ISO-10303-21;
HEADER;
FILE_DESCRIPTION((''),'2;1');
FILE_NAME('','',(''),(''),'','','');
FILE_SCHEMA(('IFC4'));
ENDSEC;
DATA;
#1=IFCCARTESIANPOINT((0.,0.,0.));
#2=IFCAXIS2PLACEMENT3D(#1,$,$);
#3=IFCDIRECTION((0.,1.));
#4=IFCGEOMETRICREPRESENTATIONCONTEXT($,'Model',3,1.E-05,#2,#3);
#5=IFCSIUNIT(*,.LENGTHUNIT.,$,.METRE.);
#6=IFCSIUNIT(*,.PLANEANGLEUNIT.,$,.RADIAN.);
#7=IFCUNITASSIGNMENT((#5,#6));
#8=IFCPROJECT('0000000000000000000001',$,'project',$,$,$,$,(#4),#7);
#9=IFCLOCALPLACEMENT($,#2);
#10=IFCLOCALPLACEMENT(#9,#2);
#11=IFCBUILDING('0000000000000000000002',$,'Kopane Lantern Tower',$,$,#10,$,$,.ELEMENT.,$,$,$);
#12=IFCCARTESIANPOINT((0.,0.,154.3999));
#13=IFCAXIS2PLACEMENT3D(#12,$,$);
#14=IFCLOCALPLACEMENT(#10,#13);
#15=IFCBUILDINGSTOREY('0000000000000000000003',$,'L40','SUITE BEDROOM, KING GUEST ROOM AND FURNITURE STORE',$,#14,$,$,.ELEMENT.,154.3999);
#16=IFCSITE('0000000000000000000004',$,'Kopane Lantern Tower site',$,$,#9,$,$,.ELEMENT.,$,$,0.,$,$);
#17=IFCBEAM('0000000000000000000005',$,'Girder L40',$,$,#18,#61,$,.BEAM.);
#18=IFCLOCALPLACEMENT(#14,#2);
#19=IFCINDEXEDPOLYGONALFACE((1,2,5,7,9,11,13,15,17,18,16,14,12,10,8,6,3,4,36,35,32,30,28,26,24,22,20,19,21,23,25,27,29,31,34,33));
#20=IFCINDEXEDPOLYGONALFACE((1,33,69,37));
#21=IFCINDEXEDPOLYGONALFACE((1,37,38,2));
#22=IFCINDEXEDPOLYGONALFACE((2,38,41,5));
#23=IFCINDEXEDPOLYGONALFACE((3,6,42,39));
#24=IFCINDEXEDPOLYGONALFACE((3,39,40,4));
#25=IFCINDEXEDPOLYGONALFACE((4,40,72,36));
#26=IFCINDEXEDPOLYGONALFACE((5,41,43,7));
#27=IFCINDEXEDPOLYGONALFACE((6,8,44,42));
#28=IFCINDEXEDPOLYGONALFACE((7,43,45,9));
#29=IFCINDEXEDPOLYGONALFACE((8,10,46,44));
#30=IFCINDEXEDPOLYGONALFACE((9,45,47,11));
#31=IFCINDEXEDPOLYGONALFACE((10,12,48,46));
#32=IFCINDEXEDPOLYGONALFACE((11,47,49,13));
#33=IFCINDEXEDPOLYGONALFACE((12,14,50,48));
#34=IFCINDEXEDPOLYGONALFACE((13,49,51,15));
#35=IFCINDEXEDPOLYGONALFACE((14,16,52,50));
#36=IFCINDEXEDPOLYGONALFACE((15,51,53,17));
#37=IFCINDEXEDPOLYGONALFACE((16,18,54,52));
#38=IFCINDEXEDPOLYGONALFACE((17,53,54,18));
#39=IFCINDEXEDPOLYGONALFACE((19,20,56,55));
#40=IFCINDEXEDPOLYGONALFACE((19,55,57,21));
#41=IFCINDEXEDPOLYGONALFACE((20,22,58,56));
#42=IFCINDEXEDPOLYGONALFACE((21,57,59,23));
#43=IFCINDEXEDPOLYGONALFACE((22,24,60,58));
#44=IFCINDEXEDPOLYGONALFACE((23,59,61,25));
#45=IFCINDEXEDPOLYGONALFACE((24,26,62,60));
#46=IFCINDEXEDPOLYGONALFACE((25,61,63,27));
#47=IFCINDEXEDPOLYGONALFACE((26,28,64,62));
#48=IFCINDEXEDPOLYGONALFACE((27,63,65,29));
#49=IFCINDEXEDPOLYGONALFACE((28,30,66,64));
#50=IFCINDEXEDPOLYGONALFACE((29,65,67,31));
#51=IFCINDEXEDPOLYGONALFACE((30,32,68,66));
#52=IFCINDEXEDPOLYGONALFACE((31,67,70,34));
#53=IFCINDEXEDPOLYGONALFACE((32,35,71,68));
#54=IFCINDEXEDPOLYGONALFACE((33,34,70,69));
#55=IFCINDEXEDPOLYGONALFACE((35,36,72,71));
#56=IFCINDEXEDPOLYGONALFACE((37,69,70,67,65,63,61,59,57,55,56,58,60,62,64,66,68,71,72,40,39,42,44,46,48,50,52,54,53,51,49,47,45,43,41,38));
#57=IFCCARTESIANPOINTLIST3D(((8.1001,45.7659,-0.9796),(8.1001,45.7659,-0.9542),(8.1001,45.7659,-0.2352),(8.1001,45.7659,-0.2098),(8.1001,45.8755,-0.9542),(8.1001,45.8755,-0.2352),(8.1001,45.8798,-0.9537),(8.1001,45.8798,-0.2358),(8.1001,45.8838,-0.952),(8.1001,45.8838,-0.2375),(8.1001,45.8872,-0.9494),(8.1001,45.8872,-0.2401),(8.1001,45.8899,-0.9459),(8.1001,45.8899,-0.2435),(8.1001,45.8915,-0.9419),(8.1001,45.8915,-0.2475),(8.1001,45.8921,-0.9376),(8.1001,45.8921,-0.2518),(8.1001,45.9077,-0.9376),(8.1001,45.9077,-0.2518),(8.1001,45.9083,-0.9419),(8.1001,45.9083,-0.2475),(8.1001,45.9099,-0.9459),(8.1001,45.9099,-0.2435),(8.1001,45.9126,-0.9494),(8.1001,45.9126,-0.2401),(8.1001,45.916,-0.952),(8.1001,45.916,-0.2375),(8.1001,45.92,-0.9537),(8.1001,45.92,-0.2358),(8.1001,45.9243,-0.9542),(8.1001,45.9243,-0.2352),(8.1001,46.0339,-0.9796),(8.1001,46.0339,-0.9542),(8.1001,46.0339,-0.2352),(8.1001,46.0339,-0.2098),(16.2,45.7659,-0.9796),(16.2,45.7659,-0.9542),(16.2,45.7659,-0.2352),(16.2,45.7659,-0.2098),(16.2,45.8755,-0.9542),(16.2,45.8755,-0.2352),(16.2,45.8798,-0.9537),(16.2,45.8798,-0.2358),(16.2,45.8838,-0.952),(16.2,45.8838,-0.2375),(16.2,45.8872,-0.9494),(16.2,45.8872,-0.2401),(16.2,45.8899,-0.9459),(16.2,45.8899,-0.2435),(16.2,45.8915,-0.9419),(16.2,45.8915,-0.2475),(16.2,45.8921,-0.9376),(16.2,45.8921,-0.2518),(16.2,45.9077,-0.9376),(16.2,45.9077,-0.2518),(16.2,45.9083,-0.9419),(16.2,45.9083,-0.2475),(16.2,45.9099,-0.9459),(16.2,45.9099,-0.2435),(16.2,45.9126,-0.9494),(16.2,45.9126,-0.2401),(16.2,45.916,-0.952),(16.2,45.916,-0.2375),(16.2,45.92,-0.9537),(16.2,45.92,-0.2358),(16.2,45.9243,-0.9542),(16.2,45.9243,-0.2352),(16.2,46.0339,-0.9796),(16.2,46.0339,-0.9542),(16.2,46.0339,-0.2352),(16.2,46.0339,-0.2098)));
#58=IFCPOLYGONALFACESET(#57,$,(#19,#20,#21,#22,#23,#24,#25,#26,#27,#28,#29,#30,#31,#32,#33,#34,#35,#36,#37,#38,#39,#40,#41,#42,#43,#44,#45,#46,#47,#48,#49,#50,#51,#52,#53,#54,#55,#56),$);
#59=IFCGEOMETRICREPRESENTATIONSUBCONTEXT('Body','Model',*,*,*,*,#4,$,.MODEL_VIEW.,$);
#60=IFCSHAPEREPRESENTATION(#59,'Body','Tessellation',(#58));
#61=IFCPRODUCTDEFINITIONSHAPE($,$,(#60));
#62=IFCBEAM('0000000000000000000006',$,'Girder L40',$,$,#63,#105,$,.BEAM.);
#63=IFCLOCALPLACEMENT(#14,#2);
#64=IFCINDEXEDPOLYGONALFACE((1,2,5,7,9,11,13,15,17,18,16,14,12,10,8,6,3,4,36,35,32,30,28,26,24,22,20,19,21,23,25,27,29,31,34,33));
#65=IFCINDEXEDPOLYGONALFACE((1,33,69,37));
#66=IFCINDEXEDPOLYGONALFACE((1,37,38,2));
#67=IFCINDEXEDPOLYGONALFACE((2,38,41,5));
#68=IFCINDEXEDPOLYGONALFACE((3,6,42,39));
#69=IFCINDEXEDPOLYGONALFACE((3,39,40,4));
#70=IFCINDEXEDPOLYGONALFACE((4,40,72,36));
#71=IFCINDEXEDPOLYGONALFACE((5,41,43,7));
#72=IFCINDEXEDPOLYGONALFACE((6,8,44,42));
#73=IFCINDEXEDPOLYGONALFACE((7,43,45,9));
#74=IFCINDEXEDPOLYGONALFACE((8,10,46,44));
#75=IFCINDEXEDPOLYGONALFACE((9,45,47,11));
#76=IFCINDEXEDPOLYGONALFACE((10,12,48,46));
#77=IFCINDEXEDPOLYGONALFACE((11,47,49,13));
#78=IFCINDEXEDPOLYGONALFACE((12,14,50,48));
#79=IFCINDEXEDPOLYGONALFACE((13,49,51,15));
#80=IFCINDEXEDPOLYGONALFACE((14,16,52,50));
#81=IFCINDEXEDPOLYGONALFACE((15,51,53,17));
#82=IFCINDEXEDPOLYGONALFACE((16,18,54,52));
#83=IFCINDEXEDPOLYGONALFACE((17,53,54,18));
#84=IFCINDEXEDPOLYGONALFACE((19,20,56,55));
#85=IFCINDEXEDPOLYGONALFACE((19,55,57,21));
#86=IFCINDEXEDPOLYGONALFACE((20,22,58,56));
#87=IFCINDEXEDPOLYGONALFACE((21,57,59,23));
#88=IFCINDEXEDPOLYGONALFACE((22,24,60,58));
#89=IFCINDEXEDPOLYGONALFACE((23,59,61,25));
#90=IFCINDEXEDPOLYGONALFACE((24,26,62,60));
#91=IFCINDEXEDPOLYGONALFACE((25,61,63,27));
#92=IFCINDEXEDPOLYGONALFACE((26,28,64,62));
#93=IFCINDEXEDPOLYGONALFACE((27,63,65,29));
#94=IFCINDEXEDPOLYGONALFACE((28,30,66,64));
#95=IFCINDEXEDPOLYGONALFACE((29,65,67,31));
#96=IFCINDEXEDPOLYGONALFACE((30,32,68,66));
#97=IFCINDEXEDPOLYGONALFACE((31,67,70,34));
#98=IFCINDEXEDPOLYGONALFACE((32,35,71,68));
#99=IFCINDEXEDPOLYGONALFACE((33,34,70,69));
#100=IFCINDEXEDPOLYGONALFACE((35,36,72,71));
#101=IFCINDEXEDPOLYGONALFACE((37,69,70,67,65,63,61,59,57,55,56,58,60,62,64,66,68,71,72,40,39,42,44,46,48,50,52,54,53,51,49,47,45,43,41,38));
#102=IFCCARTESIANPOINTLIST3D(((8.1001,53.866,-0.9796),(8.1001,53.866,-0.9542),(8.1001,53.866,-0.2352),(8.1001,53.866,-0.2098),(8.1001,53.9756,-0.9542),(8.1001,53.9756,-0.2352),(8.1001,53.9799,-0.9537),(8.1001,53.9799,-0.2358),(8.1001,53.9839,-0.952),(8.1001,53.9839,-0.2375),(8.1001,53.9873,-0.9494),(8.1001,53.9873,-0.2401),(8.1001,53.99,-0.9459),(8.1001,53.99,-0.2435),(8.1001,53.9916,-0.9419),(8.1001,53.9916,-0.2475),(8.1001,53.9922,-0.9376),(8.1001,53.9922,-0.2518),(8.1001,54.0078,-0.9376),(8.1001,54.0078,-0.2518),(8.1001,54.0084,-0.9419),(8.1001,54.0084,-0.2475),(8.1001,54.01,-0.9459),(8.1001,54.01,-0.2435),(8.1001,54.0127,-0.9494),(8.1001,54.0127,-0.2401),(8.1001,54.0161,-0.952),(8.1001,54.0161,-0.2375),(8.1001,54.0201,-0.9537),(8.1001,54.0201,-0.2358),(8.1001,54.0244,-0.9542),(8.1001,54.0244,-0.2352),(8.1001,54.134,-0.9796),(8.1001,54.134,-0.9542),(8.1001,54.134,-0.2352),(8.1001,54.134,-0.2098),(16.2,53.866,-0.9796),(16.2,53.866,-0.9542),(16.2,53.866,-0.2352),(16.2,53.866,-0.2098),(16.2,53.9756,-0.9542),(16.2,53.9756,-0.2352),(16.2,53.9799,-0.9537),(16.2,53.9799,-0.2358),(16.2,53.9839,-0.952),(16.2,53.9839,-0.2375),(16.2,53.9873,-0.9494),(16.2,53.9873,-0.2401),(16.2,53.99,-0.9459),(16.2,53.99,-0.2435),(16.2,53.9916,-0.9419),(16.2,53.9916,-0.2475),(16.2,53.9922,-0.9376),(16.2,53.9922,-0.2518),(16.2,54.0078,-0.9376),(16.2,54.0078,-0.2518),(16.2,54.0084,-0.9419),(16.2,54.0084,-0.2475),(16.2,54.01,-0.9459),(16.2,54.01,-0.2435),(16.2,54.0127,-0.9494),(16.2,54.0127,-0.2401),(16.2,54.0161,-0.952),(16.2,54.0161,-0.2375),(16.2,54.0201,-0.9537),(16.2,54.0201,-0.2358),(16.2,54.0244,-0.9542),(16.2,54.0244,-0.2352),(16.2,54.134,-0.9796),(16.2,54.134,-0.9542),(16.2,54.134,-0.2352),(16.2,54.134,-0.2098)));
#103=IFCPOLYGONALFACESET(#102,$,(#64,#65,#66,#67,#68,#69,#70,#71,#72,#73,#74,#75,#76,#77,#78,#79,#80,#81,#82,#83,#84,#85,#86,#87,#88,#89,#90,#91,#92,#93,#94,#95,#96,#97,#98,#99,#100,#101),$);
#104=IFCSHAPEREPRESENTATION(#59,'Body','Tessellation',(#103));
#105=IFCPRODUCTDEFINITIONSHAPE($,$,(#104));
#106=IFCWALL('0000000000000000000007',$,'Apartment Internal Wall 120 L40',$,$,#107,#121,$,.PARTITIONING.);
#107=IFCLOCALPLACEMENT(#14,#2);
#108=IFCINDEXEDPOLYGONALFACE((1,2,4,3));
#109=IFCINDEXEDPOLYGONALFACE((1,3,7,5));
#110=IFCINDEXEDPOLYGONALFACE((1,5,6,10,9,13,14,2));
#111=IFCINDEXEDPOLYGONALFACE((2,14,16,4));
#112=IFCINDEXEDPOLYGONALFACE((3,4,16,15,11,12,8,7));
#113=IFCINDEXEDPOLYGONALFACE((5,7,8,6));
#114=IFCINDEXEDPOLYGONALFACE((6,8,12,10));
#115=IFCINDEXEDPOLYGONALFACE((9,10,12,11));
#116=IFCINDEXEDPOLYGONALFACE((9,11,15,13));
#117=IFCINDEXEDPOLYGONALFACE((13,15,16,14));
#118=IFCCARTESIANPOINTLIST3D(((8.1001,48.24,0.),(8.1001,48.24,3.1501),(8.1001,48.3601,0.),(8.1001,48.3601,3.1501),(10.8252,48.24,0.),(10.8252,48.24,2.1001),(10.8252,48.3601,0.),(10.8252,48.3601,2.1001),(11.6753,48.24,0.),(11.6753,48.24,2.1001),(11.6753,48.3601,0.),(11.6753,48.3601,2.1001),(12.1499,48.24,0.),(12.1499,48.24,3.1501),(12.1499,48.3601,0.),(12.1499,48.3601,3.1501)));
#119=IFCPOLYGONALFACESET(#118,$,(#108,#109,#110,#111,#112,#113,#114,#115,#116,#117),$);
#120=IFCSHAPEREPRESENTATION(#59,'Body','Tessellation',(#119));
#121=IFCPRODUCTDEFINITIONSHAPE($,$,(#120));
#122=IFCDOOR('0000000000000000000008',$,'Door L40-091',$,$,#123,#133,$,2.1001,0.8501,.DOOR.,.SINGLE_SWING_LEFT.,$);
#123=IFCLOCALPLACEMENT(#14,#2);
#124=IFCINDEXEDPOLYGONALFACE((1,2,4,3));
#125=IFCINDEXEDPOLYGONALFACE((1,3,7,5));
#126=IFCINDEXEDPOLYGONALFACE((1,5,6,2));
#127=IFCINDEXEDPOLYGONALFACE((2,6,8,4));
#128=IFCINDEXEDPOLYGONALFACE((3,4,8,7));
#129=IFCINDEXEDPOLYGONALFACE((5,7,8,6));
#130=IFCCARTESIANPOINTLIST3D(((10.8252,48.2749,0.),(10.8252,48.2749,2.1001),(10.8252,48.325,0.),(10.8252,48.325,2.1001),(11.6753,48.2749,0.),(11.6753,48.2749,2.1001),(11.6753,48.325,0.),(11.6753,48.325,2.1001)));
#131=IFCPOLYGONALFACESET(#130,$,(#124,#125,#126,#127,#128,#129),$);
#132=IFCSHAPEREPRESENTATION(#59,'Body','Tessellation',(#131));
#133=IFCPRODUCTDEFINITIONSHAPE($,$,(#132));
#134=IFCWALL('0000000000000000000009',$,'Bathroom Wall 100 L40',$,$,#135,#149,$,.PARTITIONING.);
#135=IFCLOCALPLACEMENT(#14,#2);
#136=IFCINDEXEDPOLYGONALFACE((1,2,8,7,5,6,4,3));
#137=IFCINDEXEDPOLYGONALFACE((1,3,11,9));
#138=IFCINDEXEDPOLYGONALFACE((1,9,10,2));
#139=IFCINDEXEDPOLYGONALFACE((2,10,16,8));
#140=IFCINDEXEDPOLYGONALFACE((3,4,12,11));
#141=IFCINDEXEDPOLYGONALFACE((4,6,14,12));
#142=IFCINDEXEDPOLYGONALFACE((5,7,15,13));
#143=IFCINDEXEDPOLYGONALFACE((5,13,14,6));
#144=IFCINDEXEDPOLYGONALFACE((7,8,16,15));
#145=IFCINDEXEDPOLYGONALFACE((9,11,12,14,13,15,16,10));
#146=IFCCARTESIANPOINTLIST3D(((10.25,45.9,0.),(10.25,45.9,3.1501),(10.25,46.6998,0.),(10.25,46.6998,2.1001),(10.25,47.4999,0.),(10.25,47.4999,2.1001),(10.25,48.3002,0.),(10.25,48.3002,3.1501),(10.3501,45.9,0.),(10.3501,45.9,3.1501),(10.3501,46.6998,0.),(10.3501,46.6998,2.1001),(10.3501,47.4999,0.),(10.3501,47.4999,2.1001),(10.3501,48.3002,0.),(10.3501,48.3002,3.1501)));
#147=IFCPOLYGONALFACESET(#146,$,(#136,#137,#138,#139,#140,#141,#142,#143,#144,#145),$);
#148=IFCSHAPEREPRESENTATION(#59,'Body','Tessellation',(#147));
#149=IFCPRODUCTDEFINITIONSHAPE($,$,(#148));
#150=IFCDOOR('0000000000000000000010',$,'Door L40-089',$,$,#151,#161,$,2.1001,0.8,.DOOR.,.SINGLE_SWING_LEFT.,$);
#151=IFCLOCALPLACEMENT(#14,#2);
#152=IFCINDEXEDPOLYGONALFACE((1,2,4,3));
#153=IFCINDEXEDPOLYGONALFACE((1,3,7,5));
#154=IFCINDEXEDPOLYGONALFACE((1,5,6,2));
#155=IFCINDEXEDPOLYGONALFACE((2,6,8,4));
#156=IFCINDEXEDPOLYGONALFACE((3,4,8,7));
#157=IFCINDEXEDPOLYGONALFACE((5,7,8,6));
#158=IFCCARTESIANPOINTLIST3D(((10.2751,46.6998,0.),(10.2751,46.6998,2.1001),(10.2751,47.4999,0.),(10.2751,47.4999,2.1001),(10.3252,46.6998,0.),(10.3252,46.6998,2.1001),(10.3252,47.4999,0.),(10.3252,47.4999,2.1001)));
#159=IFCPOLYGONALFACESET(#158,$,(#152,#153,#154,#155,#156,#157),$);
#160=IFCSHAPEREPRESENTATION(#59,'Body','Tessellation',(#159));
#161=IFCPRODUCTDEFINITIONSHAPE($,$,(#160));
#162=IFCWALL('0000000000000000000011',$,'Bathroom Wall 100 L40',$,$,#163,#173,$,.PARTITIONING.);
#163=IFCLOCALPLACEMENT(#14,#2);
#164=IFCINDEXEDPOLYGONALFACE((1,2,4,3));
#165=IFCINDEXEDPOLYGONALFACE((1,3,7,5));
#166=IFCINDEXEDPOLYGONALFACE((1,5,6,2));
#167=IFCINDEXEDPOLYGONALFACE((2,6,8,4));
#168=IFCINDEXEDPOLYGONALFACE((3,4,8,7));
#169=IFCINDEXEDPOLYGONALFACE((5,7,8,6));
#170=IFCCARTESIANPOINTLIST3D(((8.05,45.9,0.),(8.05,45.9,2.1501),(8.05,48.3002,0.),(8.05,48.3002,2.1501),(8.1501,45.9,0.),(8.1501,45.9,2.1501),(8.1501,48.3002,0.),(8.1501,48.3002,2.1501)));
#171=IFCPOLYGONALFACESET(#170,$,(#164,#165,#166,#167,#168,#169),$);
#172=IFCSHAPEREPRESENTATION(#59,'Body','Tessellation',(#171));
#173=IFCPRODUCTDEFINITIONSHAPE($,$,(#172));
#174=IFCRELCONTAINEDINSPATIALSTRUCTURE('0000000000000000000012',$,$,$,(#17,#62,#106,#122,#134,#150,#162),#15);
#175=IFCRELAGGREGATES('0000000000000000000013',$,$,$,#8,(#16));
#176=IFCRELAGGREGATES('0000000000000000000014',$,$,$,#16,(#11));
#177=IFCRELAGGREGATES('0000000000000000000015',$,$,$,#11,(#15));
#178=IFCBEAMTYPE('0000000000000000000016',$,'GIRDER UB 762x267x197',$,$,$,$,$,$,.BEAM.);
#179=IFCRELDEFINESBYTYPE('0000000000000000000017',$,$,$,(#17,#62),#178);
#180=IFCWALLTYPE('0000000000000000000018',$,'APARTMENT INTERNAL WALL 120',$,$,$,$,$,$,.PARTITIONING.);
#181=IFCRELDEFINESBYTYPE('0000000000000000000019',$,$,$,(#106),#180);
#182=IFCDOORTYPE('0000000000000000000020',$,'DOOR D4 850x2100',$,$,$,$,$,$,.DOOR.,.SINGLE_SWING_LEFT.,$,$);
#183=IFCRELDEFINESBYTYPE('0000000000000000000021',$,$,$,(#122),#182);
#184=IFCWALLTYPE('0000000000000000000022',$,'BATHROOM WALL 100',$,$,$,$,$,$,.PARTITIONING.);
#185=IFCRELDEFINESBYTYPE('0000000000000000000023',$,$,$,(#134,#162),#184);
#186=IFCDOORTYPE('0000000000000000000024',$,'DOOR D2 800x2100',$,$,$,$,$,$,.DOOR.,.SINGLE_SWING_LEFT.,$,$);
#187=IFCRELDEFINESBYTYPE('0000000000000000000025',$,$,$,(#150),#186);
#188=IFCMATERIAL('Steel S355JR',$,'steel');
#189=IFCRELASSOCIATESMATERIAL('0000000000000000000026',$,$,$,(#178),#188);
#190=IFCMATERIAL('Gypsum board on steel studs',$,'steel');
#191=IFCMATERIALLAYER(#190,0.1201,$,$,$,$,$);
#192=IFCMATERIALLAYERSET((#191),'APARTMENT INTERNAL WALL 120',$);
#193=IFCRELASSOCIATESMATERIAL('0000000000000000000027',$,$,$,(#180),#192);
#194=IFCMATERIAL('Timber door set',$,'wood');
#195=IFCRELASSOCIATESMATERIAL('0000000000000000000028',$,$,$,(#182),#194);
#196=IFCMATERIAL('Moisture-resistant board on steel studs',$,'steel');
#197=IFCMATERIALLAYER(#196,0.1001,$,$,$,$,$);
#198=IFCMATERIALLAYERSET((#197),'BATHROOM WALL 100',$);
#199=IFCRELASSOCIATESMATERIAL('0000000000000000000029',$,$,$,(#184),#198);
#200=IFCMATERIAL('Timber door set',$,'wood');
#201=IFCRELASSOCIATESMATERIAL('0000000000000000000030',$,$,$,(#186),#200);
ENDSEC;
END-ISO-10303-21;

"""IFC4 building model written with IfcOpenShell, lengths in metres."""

from ifc_helpers import new_model, si_unit, direction, frame, frame_2d, origin, origin_2d, place, context, subcontext, project, spatial, rectangle, i_section, extrude, material, layer, layer_set, material_profile, profile_set, type_object, element, fill, save


model = new_model("IFC4")

# Units and contexts
model_context = context("Model", 3, precision=1e-05, world=origin(), true_north=direction((0.0, 1.0)))
body_context = subcontext(model_context, "Body", "Model", "MODEL_VIEW")
ifc_project = project(units=[si_unit("LENGTHUNIT", "METRE"), si_unit("PLANEANGLEUNIT", "RADIAN")], contexts=[model_context])

# Site, building, storey
site_placement = place(None, origin())
site = spatial("IfcSite", under=ifc_project, at=site_placement, Name="Kopane Lantern Tower site", CompositionType="ELEMENT", RefElevation=0.0)
building_placement = place(site_placement, origin())
building = spatial("IfcBuilding", under=site, at=building_placement, Name="Kopane Lantern Tower", CompositionType="ELEMENT")
storey_placement = place(building_placement, frame((0.0, 0.0, 154.3999)))
storey = spatial("IfcBuildingStorey", under=building, at=storey_placement, Name="L40", Description="SUITE BEDROOM, KING GUEST ROOM AND FURNITURE STORE", CompositionType="ELEMENT", Elevation=154.3999)

# Beams
ifc_material_1 = material(Name="Steel S355JR", Category="steel")
ifc_material_profile_1 = material_profile(ifc_material_1, i_section(OverallWidth=0.2681, OverallDepth=0.7698, WebThickness=0.0156, FlangeThickness=0.0254, FilletRadius=0.0166, at=origin_2d()), Name="UB 762x267x197")
ifc_profile_set_1 = profile_set([ifc_material_profile_1], Name="Steel S355JR")
beam_type_1 = type_object("IfcBeamType", Name="GIRDER UB 762x267x197", PredefinedType="BEAM", material=ifc_profile_set_1)
for number, where, z_axis, x_axis, name in (
    (1, (8.1001, 45.8999, -0.5947), (1.0, 0.0, 0.0), (0.0, 1.0, 0.0), "Girder L40"),
    (2, (8.1001, 54.0, -0.5947), (1.0, 0.0, 0.0), (0.0, 1.0, 0.0), "Girder L40"),
):
    element("IfcBeam", number, at=place(storey_placement, frame(where, z_axis=z_axis, x_axis=x_axis)), inside=storey, type_object=beam_type_1, Name=name, PredefinedType="BEAM", context=body_context, shape_type="SweptSolid", body=[
        extrude(i_section(OverallWidth=0.2681, OverallDepth=0.7698, WebThickness=0.0156, FlangeThickness=0.0254, FilletRadius=0.0166, at=origin_2d()), origin(), (0.0, 0.0, 1.0), 8.0999),
    ])

# Walls, openings, doors
ifc_material_2 = material(Name="Gypsum board on steel studs", Category="steel")
ifc_layer_1 = layer(ifc_material_2, 0.1201)
ifc_layer_set_1 = layer_set([ifc_layer_1], Name="APARTMENT INTERNAL WALL 120")
wall_type_1 = type_object("IfcWallType", Name="APARTMENT INTERNAL WALL 120", PredefinedType="PARTITIONING", material=ifc_layer_set_1)
wall_1_placement = place(storey_placement, frame((8.1001, 48.3, 0.0), z_axis=(0.0, 0.0, 1.0), x_axis=(1.0, 0.0, 0.0)))
wall_1 = element("IfcWall", 3, at=wall_1_placement, inside=storey, type_object=wall_type_1, Name="Apartment Internal Wall 120 L40", PredefinedType="PARTITIONING", context=body_context, shape_type="SweptSolid", body=[
    extrude(rectangle(XDim=4.0498, YDim=0.1201, at=frame_2d((2.0249, 0.0))), origin(), (0.0, 0.0, 1.0), 3.1501),
])
opening_1_placement = place(wall_1_placement, frame((2.7251, 0.0, 0.0)))
opening_1 = element("IfcOpeningElement", 4, at=opening_1_placement, cuts=wall_1, PredefinedType="OPENING", context=body_context, shape_type="SweptSolid", body=[
    extrude(rectangle(XDim=0.8501, YDim=2.1001, at=frame_2d((0.425, 1.05))), frame((0.0, 0.0701, 0.0), z_axis=(0.0, -1.0, 0.0), x_axis=(1.0, 0.0, 0.0)), (0.0, 0.0, 1.0), 0.1401),
])
ifc_material_3 = material(Name="Timber door set", Category="wood")
door_type_1 = type_object("IfcDoorType", Name="DOOR D4 850x2100", OperationType="SINGLE_SWING_LEFT", PredefinedType="DOOR", material=ifc_material_3)
door_1_placement = place(opening_1_placement, origin())
door_1 = element("IfcDoor", 5, at=door_1_placement, inside=storey, type_object=door_type_1, Name="Door L40-091", OperationType="SINGLE_SWING_LEFT", OverallHeight=2.1001, OverallWidth=0.8501, PredefinedType="DOOR", context=body_context, shape_type="SweptSolid", body=[
    extrude(rectangle(XDim=0.8501, YDim=2.1001, at=frame_2d((0.425, 1.05))), frame((0.0, 0.0249, 0.0), z_axis=(0.0, -1.0, 0.0), x_axis=(1.0, 0.0, 0.0)), (0.0, 0.0, 1.0), 0.05),
])
fill(opening_1, door_1)
ifc_material_4 = material(Name="Moisture-resistant board on steel studs", Category="steel")
ifc_layer_2 = layer(ifc_material_4, 0.1001)
ifc_layer_set_2 = layer_set([ifc_layer_2], Name="BATHROOM WALL 100")
wall_type_2 = type_object("IfcWallType", Name="BATHROOM WALL 100", PredefinedType="PARTITIONING", material=ifc_layer_set_2)
wall_2_placement = place(storey_placement, frame((10.3, 45.8999, 0.0), z_axis=(0.0, 0.0, 1.0), x_axis=(0.0, 1.0, 0.0)))
wall_2 = element("IfcWall", 6, at=wall_2_placement, inside=storey, type_object=wall_type_2, Name="Bathroom Wall 100 L40", PredefinedType="PARTITIONING", context=body_context, shape_type="SweptSolid", body=[
    extrude(rectangle(XDim=2.4001, YDim=0.1001, at=frame_2d((1.2002, 0.0))), origin(), (0.0, 0.0, 1.0), 3.1501),
])
opening_2_placement = place(wall_2_placement, frame((0.8, 0.0, 0.0)))
opening_2 = element("IfcOpeningElement", 7, at=opening_2_placement, cuts=wall_2, PredefinedType="OPENING", context=body_context, shape_type="SweptSolid", body=[
    extrude(rectangle(XDim=0.8, YDim=2.1001, at=frame_2d((0.3999, 1.05))), frame((0.0, 0.0601, 0.0), z_axis=(0.0, -1.0, 0.0), x_axis=(1.0, 0.0, 0.0)), (0.0, 0.0, 1.0), 0.1201),
])
ifc_material_5 = material(Name="Timber door set", Category="wood")
door_type_2 = type_object("IfcDoorType", Name="DOOR D2 800x2100", OperationType="SINGLE_SWING_LEFT", PredefinedType="DOOR", material=ifc_material_5)
door_2_placement = place(opening_2_placement, origin())
door_2 = element("IfcDoor", 8, at=door_2_placement, inside=storey, type_object=door_type_2, Name="Door L40-089", OperationType="SINGLE_SWING_LEFT", OverallHeight=2.1001, OverallWidth=0.8, PredefinedType="DOOR", context=body_context, shape_type="SweptSolid", body=[
    extrude(rectangle(XDim=0.8, YDim=2.1001, at=frame_2d((0.3999, 1.05))), frame((0.0, 0.0249, 0.0), z_axis=(0.0, -1.0, 0.0), x_axis=(1.0, 0.0, 0.0)), (0.0, 0.0, 1.0), 0.05),
])
fill(opening_2, door_2)

# Wall
wall_3_placement = place(storey_placement, frame((8.1001, 45.8999, 0.0), z_axis=(0.0, 0.0, 1.0), x_axis=(0.0, 1.0, 0.0)))
element("IfcWall", 9, at=wall_3_placement, inside=storey, type_object=wall_type_2, Name="Bathroom Wall 100 L40", PredefinedType="PARTITIONING", context=body_context, shape_type="SweptSolid", body=[
    extrude(rectangle(XDim=2.4001, YDim=0.1001, at=frame_2d((1.2002, 0.0))), origin(), (0.0, 0.0, 1.0), 2.1501),
])

save(model, "model.ifc")
